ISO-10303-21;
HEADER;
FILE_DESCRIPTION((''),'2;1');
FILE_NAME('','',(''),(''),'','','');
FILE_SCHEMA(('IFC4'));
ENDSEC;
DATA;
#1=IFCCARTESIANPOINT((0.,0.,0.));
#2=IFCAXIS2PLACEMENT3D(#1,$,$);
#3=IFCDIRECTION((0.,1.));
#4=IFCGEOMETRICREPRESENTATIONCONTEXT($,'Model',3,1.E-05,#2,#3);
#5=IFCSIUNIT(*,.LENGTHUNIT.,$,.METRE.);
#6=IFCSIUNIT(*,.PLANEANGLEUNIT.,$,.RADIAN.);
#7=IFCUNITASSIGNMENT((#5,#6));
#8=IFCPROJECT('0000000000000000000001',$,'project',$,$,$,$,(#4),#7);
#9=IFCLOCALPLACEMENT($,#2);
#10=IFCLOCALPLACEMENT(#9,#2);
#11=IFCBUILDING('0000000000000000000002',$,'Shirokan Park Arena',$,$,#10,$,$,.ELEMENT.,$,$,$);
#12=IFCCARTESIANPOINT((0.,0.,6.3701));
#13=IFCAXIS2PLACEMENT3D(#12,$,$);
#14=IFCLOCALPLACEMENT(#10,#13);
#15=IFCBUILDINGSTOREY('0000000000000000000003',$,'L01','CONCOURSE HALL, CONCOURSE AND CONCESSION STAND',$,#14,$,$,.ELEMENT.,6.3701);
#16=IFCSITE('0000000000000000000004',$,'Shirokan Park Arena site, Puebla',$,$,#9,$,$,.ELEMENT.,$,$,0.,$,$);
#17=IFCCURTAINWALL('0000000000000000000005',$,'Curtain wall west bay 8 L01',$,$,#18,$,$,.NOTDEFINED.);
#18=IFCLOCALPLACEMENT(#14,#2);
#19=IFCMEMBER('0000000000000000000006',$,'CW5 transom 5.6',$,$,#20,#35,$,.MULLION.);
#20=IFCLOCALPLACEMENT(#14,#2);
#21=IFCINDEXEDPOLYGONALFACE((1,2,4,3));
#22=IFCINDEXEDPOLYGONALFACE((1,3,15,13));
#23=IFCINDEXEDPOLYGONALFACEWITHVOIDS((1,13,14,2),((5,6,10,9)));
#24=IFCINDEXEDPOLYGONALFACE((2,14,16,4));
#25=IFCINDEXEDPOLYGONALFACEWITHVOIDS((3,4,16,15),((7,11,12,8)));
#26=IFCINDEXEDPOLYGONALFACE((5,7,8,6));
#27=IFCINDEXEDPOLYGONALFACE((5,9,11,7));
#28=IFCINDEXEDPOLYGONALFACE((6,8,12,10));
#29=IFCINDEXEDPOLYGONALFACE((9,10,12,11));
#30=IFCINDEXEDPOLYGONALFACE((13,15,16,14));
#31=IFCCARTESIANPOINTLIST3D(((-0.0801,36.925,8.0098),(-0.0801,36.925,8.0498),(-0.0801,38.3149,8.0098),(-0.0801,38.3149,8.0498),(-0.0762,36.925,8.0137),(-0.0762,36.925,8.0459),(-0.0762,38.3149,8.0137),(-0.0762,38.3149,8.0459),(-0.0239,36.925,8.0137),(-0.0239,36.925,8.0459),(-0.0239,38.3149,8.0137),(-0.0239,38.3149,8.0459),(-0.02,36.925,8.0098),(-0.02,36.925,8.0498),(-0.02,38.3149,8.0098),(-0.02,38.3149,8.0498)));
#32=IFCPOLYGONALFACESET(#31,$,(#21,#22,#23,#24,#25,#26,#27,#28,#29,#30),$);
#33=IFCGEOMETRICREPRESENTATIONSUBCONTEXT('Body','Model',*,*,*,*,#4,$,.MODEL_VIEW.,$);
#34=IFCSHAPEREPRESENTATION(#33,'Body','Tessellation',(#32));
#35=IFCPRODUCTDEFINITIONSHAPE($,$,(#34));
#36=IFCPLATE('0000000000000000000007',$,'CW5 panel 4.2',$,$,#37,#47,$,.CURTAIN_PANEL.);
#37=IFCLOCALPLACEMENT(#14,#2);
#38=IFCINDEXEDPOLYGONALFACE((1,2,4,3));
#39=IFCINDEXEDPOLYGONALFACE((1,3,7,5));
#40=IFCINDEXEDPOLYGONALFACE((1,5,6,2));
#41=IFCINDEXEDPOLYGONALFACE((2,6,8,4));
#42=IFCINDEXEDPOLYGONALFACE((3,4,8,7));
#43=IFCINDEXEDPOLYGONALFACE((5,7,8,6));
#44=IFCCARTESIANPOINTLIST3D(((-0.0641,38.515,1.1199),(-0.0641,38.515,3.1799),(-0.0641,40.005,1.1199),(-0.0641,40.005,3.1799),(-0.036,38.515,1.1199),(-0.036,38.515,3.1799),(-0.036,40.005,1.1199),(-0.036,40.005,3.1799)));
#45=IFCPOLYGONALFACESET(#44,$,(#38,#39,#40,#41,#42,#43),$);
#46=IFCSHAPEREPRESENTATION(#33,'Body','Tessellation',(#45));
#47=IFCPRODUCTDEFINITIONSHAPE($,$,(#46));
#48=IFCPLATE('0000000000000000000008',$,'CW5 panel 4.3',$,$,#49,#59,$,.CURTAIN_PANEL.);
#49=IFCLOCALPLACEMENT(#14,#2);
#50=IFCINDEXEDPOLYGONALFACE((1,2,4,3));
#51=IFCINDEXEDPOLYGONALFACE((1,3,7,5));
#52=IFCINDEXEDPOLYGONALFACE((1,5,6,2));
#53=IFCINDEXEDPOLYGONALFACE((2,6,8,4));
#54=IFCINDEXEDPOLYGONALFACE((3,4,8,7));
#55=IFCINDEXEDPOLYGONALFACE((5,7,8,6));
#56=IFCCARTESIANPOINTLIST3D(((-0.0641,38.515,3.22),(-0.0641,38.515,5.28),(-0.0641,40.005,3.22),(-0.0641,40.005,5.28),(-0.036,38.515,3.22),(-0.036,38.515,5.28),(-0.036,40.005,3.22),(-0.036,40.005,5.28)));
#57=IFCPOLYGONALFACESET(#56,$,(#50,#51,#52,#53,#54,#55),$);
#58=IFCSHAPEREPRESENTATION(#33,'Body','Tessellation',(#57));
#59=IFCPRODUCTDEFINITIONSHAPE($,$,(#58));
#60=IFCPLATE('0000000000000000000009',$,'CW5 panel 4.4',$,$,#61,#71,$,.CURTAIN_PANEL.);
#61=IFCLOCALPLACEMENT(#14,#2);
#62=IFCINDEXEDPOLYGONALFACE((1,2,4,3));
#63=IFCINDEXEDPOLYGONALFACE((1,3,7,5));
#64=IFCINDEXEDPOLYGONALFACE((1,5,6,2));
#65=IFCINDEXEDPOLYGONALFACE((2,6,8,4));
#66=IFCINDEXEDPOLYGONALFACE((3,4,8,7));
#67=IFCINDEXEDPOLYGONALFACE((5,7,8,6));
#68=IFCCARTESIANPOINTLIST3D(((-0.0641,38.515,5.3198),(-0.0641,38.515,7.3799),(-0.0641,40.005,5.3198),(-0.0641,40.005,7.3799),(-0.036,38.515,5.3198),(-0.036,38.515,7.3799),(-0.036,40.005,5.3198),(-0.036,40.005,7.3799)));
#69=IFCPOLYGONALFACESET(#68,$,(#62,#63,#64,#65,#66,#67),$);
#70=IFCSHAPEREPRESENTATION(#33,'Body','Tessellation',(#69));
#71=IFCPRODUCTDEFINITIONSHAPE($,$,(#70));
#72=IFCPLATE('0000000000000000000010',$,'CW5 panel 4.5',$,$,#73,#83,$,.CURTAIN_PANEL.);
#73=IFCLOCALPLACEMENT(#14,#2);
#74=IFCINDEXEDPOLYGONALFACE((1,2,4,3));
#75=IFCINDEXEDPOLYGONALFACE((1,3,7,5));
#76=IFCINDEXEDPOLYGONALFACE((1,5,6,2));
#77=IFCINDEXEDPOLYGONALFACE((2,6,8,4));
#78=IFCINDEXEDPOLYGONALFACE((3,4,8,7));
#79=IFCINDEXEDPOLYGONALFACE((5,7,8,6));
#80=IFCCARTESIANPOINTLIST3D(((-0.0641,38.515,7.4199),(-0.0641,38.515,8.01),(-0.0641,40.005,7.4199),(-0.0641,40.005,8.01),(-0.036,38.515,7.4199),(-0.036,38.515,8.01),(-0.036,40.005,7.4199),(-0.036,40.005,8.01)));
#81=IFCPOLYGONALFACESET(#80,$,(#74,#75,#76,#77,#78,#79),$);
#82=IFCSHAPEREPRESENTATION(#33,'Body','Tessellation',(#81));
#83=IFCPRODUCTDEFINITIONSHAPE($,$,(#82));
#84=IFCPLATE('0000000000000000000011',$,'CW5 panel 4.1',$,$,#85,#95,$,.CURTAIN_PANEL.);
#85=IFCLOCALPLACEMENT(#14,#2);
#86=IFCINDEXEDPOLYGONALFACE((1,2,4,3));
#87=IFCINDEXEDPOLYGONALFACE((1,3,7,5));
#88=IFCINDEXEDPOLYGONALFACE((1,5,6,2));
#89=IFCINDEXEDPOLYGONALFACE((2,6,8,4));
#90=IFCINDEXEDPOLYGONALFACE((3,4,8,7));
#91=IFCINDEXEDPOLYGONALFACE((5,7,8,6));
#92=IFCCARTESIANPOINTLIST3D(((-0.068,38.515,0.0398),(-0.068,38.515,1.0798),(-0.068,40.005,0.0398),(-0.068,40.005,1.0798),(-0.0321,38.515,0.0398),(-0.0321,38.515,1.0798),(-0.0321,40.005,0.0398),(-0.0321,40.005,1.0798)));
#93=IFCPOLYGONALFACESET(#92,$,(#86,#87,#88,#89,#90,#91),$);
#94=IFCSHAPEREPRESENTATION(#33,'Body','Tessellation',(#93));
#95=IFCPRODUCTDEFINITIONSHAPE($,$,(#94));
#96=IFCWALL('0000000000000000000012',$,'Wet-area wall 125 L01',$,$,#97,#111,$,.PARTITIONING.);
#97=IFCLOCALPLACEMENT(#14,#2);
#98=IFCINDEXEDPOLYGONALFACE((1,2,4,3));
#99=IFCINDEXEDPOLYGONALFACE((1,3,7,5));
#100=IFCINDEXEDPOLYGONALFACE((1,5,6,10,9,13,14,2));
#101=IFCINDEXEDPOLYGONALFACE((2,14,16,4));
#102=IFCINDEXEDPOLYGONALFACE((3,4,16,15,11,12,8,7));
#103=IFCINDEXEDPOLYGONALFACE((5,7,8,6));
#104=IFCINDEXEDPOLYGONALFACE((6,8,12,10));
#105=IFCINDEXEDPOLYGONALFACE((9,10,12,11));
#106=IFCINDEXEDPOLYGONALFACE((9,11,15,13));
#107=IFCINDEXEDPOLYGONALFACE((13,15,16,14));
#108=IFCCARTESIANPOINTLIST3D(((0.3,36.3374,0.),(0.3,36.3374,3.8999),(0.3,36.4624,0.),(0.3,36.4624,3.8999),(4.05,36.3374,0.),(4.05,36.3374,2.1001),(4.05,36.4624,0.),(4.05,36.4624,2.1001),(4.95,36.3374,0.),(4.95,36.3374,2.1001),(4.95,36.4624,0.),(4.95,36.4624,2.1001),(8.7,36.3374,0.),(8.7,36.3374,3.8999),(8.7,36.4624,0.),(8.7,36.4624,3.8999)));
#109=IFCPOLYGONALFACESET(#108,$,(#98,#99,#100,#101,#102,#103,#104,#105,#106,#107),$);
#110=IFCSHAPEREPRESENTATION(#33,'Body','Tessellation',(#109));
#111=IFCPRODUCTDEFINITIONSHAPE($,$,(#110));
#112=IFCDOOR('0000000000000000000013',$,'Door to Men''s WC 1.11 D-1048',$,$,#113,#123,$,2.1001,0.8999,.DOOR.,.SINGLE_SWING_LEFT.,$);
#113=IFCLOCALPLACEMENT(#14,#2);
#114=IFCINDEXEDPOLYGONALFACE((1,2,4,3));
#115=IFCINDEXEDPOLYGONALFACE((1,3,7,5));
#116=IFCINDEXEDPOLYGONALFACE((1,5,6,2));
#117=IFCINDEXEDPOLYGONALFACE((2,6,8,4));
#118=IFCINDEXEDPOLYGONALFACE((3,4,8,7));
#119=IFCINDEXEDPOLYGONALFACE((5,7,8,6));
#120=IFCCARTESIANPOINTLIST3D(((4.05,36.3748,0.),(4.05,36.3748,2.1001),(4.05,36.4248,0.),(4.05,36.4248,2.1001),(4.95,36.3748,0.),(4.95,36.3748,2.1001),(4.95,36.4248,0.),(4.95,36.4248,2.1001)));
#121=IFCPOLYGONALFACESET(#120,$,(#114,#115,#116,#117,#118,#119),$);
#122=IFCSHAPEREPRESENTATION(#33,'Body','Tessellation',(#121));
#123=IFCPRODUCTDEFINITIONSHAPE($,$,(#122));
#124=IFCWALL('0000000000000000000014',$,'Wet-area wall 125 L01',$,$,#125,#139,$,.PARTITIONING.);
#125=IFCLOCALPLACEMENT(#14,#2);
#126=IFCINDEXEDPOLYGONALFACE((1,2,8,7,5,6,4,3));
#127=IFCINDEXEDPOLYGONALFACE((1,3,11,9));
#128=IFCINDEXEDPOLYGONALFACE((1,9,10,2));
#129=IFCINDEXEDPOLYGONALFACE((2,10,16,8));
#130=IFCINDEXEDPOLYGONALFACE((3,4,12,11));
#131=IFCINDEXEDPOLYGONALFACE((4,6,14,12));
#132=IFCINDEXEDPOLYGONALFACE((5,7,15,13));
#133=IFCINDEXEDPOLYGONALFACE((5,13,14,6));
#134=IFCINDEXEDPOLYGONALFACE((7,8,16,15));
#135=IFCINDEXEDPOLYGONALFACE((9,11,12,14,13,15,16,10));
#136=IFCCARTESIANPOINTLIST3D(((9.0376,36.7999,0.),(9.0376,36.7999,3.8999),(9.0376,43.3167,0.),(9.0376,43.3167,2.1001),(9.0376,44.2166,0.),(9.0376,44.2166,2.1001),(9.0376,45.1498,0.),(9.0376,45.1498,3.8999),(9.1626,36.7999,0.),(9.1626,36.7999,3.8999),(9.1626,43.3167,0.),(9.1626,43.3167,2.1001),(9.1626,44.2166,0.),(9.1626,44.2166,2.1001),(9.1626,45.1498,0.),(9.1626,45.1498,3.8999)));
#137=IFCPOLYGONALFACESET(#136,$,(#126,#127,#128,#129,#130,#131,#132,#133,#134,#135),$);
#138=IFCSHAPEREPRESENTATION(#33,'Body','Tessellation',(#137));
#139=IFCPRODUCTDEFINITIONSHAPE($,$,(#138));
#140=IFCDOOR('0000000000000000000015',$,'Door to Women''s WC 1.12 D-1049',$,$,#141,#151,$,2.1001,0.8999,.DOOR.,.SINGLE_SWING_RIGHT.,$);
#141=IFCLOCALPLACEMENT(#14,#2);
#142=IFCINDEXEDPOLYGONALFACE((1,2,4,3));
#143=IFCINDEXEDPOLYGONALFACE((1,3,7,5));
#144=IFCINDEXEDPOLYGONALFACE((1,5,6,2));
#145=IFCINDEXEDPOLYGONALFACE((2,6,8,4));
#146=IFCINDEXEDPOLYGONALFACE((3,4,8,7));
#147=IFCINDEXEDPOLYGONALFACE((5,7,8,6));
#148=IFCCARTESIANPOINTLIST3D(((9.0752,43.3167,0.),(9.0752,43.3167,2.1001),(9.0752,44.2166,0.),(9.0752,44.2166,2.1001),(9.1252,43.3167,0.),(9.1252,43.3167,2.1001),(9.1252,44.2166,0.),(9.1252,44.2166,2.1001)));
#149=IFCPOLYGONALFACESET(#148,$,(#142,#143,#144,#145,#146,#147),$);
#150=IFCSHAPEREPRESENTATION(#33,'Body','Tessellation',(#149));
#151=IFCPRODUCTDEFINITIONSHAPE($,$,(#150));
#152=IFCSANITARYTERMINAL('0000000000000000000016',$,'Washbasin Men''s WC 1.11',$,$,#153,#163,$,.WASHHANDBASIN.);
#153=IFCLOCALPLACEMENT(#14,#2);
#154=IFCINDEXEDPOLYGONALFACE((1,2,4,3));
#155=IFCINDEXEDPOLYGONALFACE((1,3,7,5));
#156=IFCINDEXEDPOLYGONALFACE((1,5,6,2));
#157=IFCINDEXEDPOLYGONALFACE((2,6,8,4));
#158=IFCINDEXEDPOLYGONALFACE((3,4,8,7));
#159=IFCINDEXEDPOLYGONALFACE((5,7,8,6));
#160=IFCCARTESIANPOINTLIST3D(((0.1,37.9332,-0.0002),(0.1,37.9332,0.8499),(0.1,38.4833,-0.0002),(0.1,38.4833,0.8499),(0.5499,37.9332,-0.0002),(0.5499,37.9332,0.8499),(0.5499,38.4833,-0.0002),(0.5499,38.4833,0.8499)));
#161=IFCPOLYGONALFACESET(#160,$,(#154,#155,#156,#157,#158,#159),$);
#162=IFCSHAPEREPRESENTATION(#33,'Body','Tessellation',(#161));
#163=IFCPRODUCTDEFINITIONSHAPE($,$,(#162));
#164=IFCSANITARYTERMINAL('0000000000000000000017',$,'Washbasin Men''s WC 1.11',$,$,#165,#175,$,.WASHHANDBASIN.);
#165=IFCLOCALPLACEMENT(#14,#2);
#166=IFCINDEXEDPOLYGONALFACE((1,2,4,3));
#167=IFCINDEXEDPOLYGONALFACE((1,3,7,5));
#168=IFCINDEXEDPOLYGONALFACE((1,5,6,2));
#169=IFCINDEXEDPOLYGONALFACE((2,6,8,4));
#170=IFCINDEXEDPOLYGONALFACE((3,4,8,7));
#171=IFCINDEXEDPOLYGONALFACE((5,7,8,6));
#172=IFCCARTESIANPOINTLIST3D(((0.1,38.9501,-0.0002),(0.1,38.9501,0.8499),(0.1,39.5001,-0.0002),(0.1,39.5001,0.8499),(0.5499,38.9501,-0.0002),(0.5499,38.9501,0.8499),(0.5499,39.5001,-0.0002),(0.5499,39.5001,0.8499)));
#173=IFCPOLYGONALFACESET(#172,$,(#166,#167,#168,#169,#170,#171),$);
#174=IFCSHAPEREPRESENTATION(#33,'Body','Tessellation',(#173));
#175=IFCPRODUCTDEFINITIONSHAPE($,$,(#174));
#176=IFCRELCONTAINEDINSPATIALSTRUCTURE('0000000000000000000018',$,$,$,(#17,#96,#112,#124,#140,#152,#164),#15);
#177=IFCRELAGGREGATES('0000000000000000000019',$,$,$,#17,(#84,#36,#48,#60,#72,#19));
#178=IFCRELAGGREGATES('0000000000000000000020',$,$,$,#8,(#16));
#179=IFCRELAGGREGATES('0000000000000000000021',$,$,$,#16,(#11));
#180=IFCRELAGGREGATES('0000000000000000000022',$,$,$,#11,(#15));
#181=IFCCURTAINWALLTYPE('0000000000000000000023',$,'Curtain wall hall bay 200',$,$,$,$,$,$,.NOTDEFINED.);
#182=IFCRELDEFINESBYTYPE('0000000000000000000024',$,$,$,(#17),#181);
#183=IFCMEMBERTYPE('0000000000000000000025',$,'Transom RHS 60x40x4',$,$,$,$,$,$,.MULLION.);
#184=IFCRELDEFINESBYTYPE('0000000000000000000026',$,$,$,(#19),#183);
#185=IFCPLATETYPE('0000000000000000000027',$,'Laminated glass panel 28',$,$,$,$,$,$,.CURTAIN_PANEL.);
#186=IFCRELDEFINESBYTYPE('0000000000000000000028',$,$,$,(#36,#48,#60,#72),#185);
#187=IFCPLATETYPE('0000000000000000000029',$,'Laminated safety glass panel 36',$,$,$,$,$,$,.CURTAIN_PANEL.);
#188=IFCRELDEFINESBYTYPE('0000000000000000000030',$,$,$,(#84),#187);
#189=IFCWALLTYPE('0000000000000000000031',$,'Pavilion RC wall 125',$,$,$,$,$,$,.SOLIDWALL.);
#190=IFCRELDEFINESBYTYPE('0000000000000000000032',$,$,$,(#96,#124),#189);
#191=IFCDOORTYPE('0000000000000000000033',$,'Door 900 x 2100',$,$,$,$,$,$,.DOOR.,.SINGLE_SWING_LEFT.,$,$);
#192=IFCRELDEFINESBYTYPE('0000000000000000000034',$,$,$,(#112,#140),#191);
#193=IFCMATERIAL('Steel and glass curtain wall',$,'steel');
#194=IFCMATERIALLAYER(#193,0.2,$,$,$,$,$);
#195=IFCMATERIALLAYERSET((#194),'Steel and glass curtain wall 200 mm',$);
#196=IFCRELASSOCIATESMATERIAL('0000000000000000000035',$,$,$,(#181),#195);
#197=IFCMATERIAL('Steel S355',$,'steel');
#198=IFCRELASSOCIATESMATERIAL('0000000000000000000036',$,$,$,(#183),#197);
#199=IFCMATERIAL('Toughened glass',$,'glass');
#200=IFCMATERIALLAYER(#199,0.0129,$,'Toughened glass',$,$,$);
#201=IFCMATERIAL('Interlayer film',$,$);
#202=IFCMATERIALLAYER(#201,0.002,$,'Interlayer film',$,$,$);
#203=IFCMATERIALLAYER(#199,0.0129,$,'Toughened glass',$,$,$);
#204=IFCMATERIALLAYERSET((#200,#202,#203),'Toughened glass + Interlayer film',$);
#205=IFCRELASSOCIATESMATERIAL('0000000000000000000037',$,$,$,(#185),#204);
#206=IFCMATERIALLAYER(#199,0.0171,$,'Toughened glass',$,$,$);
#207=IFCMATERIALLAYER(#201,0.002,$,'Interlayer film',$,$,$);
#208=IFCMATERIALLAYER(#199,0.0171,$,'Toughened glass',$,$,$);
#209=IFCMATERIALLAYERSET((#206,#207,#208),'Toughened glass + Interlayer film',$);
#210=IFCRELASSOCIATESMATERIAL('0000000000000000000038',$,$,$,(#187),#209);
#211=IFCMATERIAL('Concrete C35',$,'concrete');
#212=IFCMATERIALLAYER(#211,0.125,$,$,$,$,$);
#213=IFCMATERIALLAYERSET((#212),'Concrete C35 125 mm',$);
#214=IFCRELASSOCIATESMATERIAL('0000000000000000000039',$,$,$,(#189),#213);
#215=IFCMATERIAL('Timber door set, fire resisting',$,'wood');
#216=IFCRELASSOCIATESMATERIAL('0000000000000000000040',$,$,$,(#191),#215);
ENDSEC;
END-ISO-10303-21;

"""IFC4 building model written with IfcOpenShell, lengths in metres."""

from ifc_helpers import new_model, si_unit, direction, frame, frame_2d, origin, origin_2d, place, context, subcontext, project, spatial, rectangle, hollow_rectangle, extrude, material, layer, layer_set, material_profile, profile_set, type_object, element, fill, aggregate, save


model = new_model("IFC4")

# Units and contexts
model_context = context("Model", 3, precision=1e-05, world=origin(), true_north=direction((0.0, 1.0)))
body_context = subcontext(model_context, "Body", "Model", "MODEL_VIEW")
ifc_project = project(units=[si_unit("LENGTHUNIT", "METRE"), si_unit("PLANEANGLEUNIT", "RADIAN")], contexts=[model_context])

# Site, building, storey
site_placement = place(None, origin())
site = spatial("IfcSite", under=ifc_project, at=site_placement, Name="Shirokan Park Arena site, Puebla", CompositionType="ELEMENT", RefElevation=0.0)
building_placement = place(site_placement, origin())
building = spatial("IfcBuilding", under=site, at=building_placement, Name="Shirokan Park Arena", CompositionType="ELEMENT")
storey_placement = place(building_placement, frame((0.0, 0.0, 6.3701)))
storey = spatial("IfcBuildingStorey", under=building, at=storey_placement, Name="L01", Description="CONCOURSE HALL, CONCOURSE AND CONCESSION STAND", CompositionType="ELEMENT", Elevation=6.3701)

# Shared definitions
ifc_material_1 = material(Name="Concrete C35", Category="concrete")

# Curtain wall
ifc_material_2 = material(Name="Steel and glass curtain wall", Category="steel")
ifc_layer_1 = layer(ifc_material_2, 0.2)
ifc_layer_set_1 = layer_set([ifc_layer_1], Name="Steel and glass curtain wall 200 mm")
curtain_wall_type = type_object("IfcCurtainWallType", Name="Curtain wall hall bay 200", PredefinedType="NOTDEFINED", material=ifc_layer_set_1)
curtain_wall_placement = place(storey_placement, origin())
curtain_wall = element("IfcCurtainWall", 1, at=curtain_wall_placement, inside=storey, type_object=curtain_wall_type, Name="Curtain wall west bay 8 L01", PredefinedType="NOTDEFINED")
ifc_material_3 = material(Name="Steel S355", Category="steel")

# Member
ifc_material_profile_1 = material_profile(ifc_material_3, hollow_rectangle(XDim=0.0601, YDim=0.04, WallThickness=0.0039, at=origin_2d()), Name="RHS 60x40x4")
ifc_profile_set_1 = profile_set([ifc_material_profile_1], Name="Steel S355")
member_type_1 = type_object("IfcMemberType", Name="Transom RHS 60x40x4", PredefinedType="MULLION", material=ifc_profile_set_1)
member_1_placement = place(storey_placement, frame((-0.05, 38.3149, 8.0298), z_axis=(0.0, -1.0, 0.0), x_axis=(1.0, 0.0, 0.0)))
member_1 = element("IfcMember", 2, at=member_1_placement, type_object=member_type_1, Name="CW5 transom 5.6", PredefinedType="MULLION", context=body_context, shape_type="SweptSolid", body=[
    extrude(hollow_rectangle(XDim=0.0601, YDim=0.04, WallThickness=0.0039, at=origin_2d()), origin(), (0.0, 0.0, 1.0), 1.3899),
])

# Plates
ifc_material_4 = material(Name="Toughened glass", Category="glass")
ifc_layer_2 = layer(ifc_material_4, 0.0129, Name="Toughened glass")
ifc_material_5 = material(Name="Interlayer film")
ifc_layer_3 = layer(ifc_material_5, 0.002, Name="Interlayer film")
ifc_layer_4 = layer(ifc_material_4, 0.0129, Name="Toughened glass")
ifc_layer_set_2 = layer_set([ifc_layer_2, ifc_layer_3, ifc_layer_4], Name="Toughened glass + Interlayer film")
plate_type_1 = type_object("IfcPlateType", Name="Laminated glass panel 28", PredefinedType="CURTAIN_PANEL", material=ifc_layer_set_2)
plate_1_placement = place(storey_placement, frame((-0.05, 39.26, 1.1199), z_axis=(0.0, 0.0, 1.0), x_axis=(0.0, -1.0, 0.0)))
plate_1 = element("IfcPlate", 3, at=plate_1_placement, type_object=plate_type_1, Name="CW5 panel 4.2", PredefinedType="CURTAIN_PANEL", context=body_context, shape_type="SweptSolid", body=[
    extrude(rectangle(XDim=1.49, YDim=0.0281, at=origin_2d()), origin(), (0.0, 0.0, 1.0), 2.0601),
])
plate_2_placement = place(storey_placement, frame((-0.05, 39.26, 3.22), z_axis=(0.0, 0.0, 1.0), x_axis=(0.0, -1.0, 0.0)))
plate_2 = element("IfcPlate", 4, at=plate_2_placement, type_object=plate_type_1, Name="CW5 panel 4.3", PredefinedType="CURTAIN_PANEL", context=body_context, shape_type="SweptSolid", body=[
    extrude(rectangle(XDim=1.49, YDim=0.0281, at=origin_2d()), origin(), (0.0, 0.0, 1.0), 2.0601),
])
plate_3_placement = place(storey_placement, frame((-0.05, 39.26, 5.3198), z_axis=(0.0, 0.0, 1.0), x_axis=(0.0, -1.0, 0.0)))
plate_3 = element("IfcPlate", 5, at=plate_3_placement, type_object=plate_type_1, Name="CW5 panel 4.4", PredefinedType="CURTAIN_PANEL", context=body_context, shape_type="SweptSolid", body=[
    extrude(rectangle(XDim=1.49, YDim=0.0281, at=origin_2d()), origin(), (0.0, 0.0, 1.0), 2.0601),
])
plate_4_placement = place(storey_placement, frame((-0.05, 39.26, 7.4199), z_axis=(0.0, 0.0, 1.0), x_axis=(0.0, -1.0, 0.0)))
plate_4 = element("IfcPlate", 6, at=plate_4_placement, type_object=plate_type_1, Name="CW5 panel 4.5", PredefinedType="CURTAIN_PANEL", context=body_context, shape_type="SweptSolid", body=[
    extrude(rectangle(XDim=1.49, YDim=0.0281, at=origin_2d()), origin(), (0.0, 0.0, 1.0), 0.5901),
])
ifc_layer_5 = layer(ifc_material_4, 0.0171, Name="Toughened glass")
ifc_layer_6 = layer(ifc_material_5, 0.002, Name="Interlayer film")
ifc_layer_7 = layer(ifc_material_4, 0.0171, Name="Toughened glass")
ifc_layer_set_3 = layer_set([ifc_layer_5, ifc_layer_6, ifc_layer_7], Name="Toughened glass + Interlayer film")
plate_type_2 = type_object("IfcPlateType", Name="Laminated safety glass panel 36", PredefinedType="CURTAIN_PANEL", material=ifc_layer_set_3)
plate_5_placement = place(storey_placement, frame((-0.05, 39.26, 0.0398), z_axis=(0.0, 0.0, 1.0), x_axis=(0.0, -1.0, 0.0)))
plate_5 = element("IfcPlate", 7, at=plate_5_placement, type_object=plate_type_2, Name="CW5 panel 4.1", PredefinedType="CURTAIN_PANEL", context=body_context, shape_type="SweptSolid", body=[
    extrude(rectangle(XDim=1.49, YDim=0.0359, at=origin_2d()), origin(), (0.0, 0.0, 1.0), 1.04),
])
aggregate(curtain_wall, [plate_5, plate_1, plate_2, plate_3, plate_4, member_1])

# Walls, openings, doors
ifc_layer_8 = layer(ifc_material_1, 0.125)
ifc_layer_set_4 = layer_set([ifc_layer_8], Name="Concrete C35 125 mm")
wall_type = type_object("IfcWallType", Name="Pavilion RC wall 125", PredefinedType="SOLIDWALL", material=ifc_layer_set_4)
wall_1_placement = place(storey_placement, frame((0.3, 36.3999, 0.0), z_axis=(0.0, 0.0, 1.0), x_axis=(1.0, 0.0, 0.0)))
wall_1 = element("IfcWall", 8, at=wall_1_placement, inside=storey, type_object=wall_type, Name="Wet-area wall 125 L01", PredefinedType="PARTITIONING", context=body_context, shape_type="SweptSolid", body=[
    extrude(rectangle(XDim=8.3999, YDim=0.125, at=frame_2d((4.2, 0.0))), origin(), (0.0, 0.0, 1.0), 3.8999),
])
opening_1_placement = place(wall_1_placement, frame((3.75, 0.0, 0.0)))
opening_1 = element("IfcOpeningElement", 9, at=opening_1_placement, cuts=wall_1, PredefinedType="OPENING", context=body_context, shape_type="SweptSolid", body=[
    extrude(rectangle(XDim=0.8999, YDim=2.1001, at=frame_2d((0.45, 1.05))), frame((0.0, 0.0725, 0.0), z_axis=(0.0, -1.0, 0.0), x_axis=(1.0, 0.0, 0.0)), (0.0, 0.0, 1.0), 0.145),
])
ifc_material_6 = material(Name="Timber door set, fire resisting", Category="wood")
door_type = type_object("IfcDoorType", Name="Door 900 x 2100", OperationType="SINGLE_SWING_LEFT", PredefinedType="DOOR", material=ifc_material_6)
door_1_placement = place(opening_1_placement, origin())
door_1 = element("IfcDoor", 10, at=door_1_placement, inside=storey, type_object=door_type, Name="Door to Men's WC 1.11 D-1048", OperationType="SINGLE_SWING_LEFT", OverallHeight=2.1001, OverallWidth=0.8999, PredefinedType="DOOR", context=body_context, shape_type="SweptSolid", body=[
    extrude(rectangle(XDim=0.8999, YDim=2.1001, at=frame_2d((0.45, 1.05))), frame((0.0, 0.0249, 0.0), z_axis=(0.0, -1.0, 0.0), x_axis=(1.0, 0.0, 0.0)), (0.0, 0.0, 1.0), 0.05),
])
fill(opening_1, door_1)
wall_2_placement = place(storey_placement, frame((9.1001, 36.8, 0.0), z_axis=(0.0, 0.0, 1.0), x_axis=(0.0, 1.0, 0.0)))
wall_2 = element("IfcWall", 11, at=wall_2_placement, inside=storey, type_object=wall_type, Name="Wet-area wall 125 L01", PredefinedType="PARTITIONING", context=body_context, shape_type="SweptSolid", body=[
    extrude(rectangle(XDim=8.3499, YDim=0.125, at=frame_2d((4.1748, 0.0))), origin(), (0.0, 0.0, 1.0), 3.8999),
])
opening_2_placement = place(wall_2_placement, frame((6.5166, 0.0, 0.0)))
opening_2 = element("IfcOpeningElement", 12, at=opening_2_placement, cuts=wall_2, PredefinedType="OPENING", context=body_context, shape_type="SweptSolid", body=[
    extrude(rectangle(XDim=0.8999, YDim=2.1001, at=frame_2d((0.45, 1.05))), frame((0.0, 0.0725, 0.0), z_axis=(0.0, -1.0, 0.0), x_axis=(1.0, 0.0, 0.0)), (0.0, 0.0, 1.0), 0.145),
])
door_2_placement = place(opening_2_placement, origin())
door_2 = element("IfcDoor", 13, at=door_2_placement, inside=storey, type_object=door_type, Name="Door to Women's WC 1.12 D-1049", OperationType="SINGLE_SWING_RIGHT", OverallHeight=2.1001, OverallWidth=0.8999, PredefinedType="DOOR", context=body_context, shape_type="SweptSolid", body=[
    extrude(rectangle(XDim=0.8999, YDim=2.1001, at=frame_2d((0.45, 1.05))), frame((0.0, 0.0249, 0.0), z_axis=(0.0, -1.0, 0.0), x_axis=(1.0, 0.0, 0.0)), (0.0, 0.0, 1.0), 0.05),
])
fill(opening_2, door_2)

# Sanitary terminals
for number, where, z_axis, x_axis, name in (
    (14, (0.325, 38.2083, -0.0002), (0.0, 0.0, 1.0), (1.0, 0.0, 0.0), "Washbasin Men's WC 1.11"),
    (15, (0.325, 39.2251, -0.0002), (0.0, 0.0, 1.0), (1.0, 0.0, 0.0), "Washbasin Men's WC 1.11"),
):
    element("IfcSanitaryTerminal", number, at=place(storey_placement, frame(where, z_axis=z_axis, x_axis=x_axis)), inside=storey, Name=name, PredefinedType="WASHHANDBASIN", context=body_context, shape_type="SweptSolid", body=[
        extrude(rectangle(XDim=0.45, YDim=0.55, at=origin_2d()), origin(), (0.0, 0.0, 1.0), 0.8501),
    ])

save(model, "model.ifc")
